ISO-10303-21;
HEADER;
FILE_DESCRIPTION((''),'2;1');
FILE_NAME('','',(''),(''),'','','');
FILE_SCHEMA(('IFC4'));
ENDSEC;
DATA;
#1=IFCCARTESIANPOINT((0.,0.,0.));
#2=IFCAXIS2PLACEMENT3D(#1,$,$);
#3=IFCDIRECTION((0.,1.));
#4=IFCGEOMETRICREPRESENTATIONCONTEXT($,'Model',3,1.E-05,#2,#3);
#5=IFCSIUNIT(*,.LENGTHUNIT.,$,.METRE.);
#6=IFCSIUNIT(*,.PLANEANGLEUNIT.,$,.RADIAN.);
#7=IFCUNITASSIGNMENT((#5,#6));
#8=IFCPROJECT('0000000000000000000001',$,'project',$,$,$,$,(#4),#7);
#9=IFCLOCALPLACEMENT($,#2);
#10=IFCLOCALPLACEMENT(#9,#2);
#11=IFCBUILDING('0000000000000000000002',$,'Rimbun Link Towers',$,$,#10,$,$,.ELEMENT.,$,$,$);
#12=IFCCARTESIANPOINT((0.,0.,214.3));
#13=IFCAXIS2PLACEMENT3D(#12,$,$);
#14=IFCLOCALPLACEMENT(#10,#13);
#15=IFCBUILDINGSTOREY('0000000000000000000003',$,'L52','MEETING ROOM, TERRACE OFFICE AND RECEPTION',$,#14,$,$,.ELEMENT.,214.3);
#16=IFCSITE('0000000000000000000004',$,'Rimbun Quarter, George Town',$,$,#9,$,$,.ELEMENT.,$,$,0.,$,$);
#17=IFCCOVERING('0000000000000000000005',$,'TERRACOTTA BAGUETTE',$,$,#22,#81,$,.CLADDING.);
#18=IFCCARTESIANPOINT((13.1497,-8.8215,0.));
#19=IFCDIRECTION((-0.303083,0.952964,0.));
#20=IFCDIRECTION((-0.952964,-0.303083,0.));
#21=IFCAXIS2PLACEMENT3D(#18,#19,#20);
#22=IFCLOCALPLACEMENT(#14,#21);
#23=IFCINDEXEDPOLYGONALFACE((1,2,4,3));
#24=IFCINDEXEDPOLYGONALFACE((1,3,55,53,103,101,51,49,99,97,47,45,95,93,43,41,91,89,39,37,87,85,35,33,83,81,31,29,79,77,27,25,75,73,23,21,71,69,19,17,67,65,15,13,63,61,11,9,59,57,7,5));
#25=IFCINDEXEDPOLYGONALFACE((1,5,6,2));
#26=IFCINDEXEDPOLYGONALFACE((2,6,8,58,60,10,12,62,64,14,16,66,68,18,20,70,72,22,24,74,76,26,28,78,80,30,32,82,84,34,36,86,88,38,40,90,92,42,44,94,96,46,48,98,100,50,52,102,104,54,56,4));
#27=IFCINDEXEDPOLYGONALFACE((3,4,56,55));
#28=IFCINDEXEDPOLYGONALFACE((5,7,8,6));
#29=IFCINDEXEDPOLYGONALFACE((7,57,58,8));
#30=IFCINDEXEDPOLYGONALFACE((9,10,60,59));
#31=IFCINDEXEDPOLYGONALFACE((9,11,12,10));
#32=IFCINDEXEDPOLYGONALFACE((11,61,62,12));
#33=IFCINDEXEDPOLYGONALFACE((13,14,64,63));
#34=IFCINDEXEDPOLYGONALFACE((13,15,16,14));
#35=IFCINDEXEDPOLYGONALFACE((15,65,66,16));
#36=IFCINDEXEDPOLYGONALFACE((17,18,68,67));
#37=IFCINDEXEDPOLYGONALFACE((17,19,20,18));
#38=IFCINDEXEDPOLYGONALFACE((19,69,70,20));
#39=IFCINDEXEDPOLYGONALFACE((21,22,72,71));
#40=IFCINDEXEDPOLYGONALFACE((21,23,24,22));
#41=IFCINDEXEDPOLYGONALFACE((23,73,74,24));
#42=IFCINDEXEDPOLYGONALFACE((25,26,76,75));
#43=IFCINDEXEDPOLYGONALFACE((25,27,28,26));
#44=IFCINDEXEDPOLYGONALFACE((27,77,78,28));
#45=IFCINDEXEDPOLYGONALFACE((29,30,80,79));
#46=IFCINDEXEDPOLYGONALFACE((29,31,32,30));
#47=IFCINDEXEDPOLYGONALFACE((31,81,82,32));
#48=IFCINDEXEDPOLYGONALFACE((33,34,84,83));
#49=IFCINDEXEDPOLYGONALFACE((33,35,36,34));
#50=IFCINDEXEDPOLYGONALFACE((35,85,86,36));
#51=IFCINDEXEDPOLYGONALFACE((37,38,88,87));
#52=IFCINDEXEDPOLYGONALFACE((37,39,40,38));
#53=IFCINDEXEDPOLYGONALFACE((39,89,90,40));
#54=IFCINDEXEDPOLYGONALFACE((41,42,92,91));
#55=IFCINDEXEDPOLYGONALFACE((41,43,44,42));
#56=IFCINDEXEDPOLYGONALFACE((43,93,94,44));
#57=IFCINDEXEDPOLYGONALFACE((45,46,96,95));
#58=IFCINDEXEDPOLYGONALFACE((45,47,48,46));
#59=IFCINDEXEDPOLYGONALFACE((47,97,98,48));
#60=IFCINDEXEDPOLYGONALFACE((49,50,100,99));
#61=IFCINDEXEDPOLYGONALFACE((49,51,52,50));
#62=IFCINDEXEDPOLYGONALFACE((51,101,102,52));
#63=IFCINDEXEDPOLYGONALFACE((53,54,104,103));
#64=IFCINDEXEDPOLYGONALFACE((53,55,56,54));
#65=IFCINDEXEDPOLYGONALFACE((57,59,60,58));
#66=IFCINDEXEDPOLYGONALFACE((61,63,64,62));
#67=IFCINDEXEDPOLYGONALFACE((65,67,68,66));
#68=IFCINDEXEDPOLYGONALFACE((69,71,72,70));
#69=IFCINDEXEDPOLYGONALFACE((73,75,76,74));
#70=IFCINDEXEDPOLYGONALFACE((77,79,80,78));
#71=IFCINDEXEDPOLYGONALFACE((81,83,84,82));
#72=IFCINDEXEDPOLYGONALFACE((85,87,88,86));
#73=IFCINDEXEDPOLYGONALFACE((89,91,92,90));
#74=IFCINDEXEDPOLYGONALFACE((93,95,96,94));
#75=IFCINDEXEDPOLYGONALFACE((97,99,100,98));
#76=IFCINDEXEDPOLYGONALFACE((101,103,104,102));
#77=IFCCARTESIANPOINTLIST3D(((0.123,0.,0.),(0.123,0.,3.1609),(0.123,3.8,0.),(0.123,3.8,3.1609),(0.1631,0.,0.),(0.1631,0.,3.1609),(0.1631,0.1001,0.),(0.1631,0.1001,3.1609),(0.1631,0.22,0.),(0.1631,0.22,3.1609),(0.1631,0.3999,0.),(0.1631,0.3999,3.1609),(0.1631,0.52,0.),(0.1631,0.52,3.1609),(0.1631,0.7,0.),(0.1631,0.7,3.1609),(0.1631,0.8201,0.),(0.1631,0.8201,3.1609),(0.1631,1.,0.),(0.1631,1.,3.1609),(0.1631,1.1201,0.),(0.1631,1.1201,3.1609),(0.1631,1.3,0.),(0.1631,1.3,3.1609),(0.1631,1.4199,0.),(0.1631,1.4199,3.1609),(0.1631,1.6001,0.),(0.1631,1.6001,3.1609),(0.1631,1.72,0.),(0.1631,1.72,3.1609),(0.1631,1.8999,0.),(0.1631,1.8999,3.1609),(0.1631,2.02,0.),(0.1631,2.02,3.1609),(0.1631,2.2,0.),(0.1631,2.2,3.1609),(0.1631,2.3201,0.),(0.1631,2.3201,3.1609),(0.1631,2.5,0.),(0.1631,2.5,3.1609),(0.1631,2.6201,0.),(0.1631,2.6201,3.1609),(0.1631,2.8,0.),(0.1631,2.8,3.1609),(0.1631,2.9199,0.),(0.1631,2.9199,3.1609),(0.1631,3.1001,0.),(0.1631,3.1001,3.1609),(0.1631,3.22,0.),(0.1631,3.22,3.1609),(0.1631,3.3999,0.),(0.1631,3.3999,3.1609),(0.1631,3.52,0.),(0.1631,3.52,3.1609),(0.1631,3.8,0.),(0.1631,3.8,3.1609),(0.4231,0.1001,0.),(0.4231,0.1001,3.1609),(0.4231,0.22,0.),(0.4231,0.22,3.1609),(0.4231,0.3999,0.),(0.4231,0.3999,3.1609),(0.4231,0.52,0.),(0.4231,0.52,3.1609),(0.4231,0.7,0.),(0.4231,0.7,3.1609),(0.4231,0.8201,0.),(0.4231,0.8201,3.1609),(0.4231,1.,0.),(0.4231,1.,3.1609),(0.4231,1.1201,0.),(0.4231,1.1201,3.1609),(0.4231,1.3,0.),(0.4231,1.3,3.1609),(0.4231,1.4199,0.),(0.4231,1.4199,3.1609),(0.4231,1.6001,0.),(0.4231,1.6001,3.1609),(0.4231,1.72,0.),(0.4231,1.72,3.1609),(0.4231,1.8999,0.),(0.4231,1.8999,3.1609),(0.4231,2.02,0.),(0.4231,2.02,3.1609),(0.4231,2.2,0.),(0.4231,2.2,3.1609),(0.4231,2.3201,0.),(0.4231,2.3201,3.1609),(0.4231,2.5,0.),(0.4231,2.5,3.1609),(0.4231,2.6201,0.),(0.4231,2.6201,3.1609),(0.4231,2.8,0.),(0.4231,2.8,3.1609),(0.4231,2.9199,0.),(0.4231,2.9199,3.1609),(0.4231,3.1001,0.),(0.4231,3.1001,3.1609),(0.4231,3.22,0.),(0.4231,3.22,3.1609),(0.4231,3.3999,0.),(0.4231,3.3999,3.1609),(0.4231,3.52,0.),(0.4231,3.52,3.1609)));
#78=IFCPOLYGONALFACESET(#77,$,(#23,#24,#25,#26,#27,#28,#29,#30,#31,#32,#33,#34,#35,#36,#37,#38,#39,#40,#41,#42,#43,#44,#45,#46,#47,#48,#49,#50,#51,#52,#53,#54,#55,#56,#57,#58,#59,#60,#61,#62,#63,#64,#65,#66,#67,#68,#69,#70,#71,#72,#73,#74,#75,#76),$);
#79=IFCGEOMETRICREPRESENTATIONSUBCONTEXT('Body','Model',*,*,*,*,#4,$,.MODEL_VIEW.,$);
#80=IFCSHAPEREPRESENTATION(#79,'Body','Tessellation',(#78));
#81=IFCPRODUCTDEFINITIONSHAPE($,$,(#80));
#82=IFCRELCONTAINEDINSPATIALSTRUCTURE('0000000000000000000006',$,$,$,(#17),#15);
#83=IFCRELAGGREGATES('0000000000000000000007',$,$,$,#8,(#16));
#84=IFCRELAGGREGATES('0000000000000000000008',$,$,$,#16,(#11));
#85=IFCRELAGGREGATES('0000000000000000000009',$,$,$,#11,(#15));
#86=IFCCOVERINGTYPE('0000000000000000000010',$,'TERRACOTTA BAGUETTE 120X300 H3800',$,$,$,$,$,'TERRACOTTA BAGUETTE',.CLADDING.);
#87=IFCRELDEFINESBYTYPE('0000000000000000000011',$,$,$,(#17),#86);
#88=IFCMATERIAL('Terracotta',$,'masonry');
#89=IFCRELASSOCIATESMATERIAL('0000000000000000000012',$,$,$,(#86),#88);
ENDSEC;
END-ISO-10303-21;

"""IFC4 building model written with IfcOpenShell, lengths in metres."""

from ifc_helpers import new_model, si_unit, direction, frame, origin, place, context, subcontext, project, spatial, polyline, outline, extrude, material, material_profile, profile_set, type_object, element, save


model = new_model("IFC4")

# Units and contexts
model_context = context("Model", 3, precision=1e-05, world=origin(), true_north=direction((0.0, 1.0)))
body_context = subcontext(model_context, "Body", "Model", "MODEL_VIEW")
ifc_project = project(units=[si_unit("LENGTHUNIT", "METRE"), si_unit("PLANEANGLEUNIT", "RADIAN")], contexts=[model_context])

# Site, building, storey
site_placement = place(None, origin())
site = spatial("IfcSite", under=ifc_project, at=site_placement, Name="Rimbun Quarter, George Town", CompositionType="ELEMENT", RefElevation=0.0)
building_placement = place(site_placement, origin())
building = spatial("IfcBuilding", under=site, at=building_placement, Name="Rimbun Link Towers", CompositionType="ELEMENT")
storey_placement = place(building_placement, frame((0.0, 0.0, 214.3)))
storey = spatial("IfcBuildingStorey", under=building, at=storey_placement, Name="L52", Description="MEETING ROOM, TERRACE OFFICE AND RECEPTION", CompositionType="ELEMENT", Elevation=214.3)

# Covering
ifc_material_1 = material(Name="Terracotta", Category="masonry")
ifc_material_profile_1 = material_profile(ifc_material_1, outline(polyline([(0.123, 0.0), (0.1631, 0.0), (0.1631, 0.1001), (0.4231, 0.1001), (0.4231, 0.22), (0.1631, 0.22), (0.1631, 0.3999), (0.4231, 0.3999), (0.4231, 0.52), (0.1631, 0.52), (0.1631, 0.7), (0.4231, 0.7), (0.4231, 0.8201), (0.1631, 0.8201), (0.1631, 1.0), (0.4231, 1.0), (0.4231, 1.1201), (0.1631, 1.1201), (0.1631, 1.3), (0.4231, 1.3), (0.4231, 1.4199), (0.1631, 1.4199), (0.1631, 1.6001), (0.4231, 1.6001), (0.4231, 1.72), (0.1631, 1.72), (0.1631, 1.8999), (0.4231, 1.8999), (0.4231, 2.02), (0.1631, 2.02), (0.1631, 2.2), (0.4231, 2.2), (0.4231, 2.3201), (0.1631, 2.3201), (0.1631, 2.5), (0.4231, 2.5), (0.4231, 2.6201), (0.1631, 2.6201), (0.1631, 2.8), (0.4231, 2.8), (0.4231, 2.9199), (0.1631, 2.9199), (0.1631, 3.1001), (0.4231, 3.1001), (0.4231, 3.22), (0.1631, 3.22), (0.1631, 3.3999), (0.4231, 3.3999), (0.4231, 3.52), (0.1631, 3.52), (0.1631, 3.8), (0.123, 3.8), (0.123, 0.0)])), Name="BAGUETTE 120X300")
ifc_profile_set_1 = profile_set([ifc_material_profile_1], Name="Terracotta")
covering_type = type_object("IfcCoveringType", Name="TERRACOTTA BAGUETTE 120X300 H3800", ElementType="TERRACOTTA BAGUETTE", PredefinedType="CLADDING", material=ifc_profile_set_1)
covering_placement = place(storey_placement, frame((13.1497, -8.8215, 0.0), z_axis=(-0.303083, 0.952964, 0.0), x_axis=(-0.952964, -0.303083, 0.0)))
element("IfcCovering", 1, at=covering_placement, inside=storey, type_object=covering_type, Name="TERRACOTTA BAGUETTE", PredefinedType="CLADDING", context=body_context, shape_type="SweptSolid", body=[
    extrude(outline(polyline([(0.123, 0.0), (0.1631, 0.0), (0.1631, 0.1001), (0.4231, 0.1001), (0.4231, 0.22), (0.1631, 0.22), (0.1631, 0.3999), (0.4231, 0.3999), (0.4231, 0.52), (0.1631, 0.52), (0.1631, 0.7), (0.4231, 0.7), (0.4231, 0.8201), (0.1631, 0.8201), (0.1631, 1.0), (0.4231, 1.0), (0.4231, 1.1201), (0.1631, 1.1201), (0.1631, 1.3), (0.4231, 1.3), (0.4231, 1.4199), (0.1631, 1.4199), (0.1631, 1.6001), (0.4231, 1.6001), (0.4231, 1.72), (0.1631, 1.72), (0.1631, 1.8999), (0.4231, 1.8999), (0.4231, 2.02), (0.1631, 2.02), (0.1631, 2.2), (0.4231, 2.2), (0.4231, 2.3201), (0.1631, 2.3201), (0.1631, 2.5), (0.4231, 2.5), (0.4231, 2.6201), (0.1631, 2.6201), (0.1631, 2.8), (0.4231, 2.8), (0.4231, 2.9199), (0.1631, 2.9199), (0.1631, 3.1001), (0.4231, 3.1001), (0.4231, 3.22), (0.1631, 3.22), (0.1631, 3.3999), (0.4231, 3.3999), (0.4231, 3.52), (0.1631, 3.52), (0.1631, 3.8), (0.123, 3.8), (0.123, 0.0)])), origin(), (0.0, 0.0, 1.0), 3.1609),
])

save(model, "model.ifc")
